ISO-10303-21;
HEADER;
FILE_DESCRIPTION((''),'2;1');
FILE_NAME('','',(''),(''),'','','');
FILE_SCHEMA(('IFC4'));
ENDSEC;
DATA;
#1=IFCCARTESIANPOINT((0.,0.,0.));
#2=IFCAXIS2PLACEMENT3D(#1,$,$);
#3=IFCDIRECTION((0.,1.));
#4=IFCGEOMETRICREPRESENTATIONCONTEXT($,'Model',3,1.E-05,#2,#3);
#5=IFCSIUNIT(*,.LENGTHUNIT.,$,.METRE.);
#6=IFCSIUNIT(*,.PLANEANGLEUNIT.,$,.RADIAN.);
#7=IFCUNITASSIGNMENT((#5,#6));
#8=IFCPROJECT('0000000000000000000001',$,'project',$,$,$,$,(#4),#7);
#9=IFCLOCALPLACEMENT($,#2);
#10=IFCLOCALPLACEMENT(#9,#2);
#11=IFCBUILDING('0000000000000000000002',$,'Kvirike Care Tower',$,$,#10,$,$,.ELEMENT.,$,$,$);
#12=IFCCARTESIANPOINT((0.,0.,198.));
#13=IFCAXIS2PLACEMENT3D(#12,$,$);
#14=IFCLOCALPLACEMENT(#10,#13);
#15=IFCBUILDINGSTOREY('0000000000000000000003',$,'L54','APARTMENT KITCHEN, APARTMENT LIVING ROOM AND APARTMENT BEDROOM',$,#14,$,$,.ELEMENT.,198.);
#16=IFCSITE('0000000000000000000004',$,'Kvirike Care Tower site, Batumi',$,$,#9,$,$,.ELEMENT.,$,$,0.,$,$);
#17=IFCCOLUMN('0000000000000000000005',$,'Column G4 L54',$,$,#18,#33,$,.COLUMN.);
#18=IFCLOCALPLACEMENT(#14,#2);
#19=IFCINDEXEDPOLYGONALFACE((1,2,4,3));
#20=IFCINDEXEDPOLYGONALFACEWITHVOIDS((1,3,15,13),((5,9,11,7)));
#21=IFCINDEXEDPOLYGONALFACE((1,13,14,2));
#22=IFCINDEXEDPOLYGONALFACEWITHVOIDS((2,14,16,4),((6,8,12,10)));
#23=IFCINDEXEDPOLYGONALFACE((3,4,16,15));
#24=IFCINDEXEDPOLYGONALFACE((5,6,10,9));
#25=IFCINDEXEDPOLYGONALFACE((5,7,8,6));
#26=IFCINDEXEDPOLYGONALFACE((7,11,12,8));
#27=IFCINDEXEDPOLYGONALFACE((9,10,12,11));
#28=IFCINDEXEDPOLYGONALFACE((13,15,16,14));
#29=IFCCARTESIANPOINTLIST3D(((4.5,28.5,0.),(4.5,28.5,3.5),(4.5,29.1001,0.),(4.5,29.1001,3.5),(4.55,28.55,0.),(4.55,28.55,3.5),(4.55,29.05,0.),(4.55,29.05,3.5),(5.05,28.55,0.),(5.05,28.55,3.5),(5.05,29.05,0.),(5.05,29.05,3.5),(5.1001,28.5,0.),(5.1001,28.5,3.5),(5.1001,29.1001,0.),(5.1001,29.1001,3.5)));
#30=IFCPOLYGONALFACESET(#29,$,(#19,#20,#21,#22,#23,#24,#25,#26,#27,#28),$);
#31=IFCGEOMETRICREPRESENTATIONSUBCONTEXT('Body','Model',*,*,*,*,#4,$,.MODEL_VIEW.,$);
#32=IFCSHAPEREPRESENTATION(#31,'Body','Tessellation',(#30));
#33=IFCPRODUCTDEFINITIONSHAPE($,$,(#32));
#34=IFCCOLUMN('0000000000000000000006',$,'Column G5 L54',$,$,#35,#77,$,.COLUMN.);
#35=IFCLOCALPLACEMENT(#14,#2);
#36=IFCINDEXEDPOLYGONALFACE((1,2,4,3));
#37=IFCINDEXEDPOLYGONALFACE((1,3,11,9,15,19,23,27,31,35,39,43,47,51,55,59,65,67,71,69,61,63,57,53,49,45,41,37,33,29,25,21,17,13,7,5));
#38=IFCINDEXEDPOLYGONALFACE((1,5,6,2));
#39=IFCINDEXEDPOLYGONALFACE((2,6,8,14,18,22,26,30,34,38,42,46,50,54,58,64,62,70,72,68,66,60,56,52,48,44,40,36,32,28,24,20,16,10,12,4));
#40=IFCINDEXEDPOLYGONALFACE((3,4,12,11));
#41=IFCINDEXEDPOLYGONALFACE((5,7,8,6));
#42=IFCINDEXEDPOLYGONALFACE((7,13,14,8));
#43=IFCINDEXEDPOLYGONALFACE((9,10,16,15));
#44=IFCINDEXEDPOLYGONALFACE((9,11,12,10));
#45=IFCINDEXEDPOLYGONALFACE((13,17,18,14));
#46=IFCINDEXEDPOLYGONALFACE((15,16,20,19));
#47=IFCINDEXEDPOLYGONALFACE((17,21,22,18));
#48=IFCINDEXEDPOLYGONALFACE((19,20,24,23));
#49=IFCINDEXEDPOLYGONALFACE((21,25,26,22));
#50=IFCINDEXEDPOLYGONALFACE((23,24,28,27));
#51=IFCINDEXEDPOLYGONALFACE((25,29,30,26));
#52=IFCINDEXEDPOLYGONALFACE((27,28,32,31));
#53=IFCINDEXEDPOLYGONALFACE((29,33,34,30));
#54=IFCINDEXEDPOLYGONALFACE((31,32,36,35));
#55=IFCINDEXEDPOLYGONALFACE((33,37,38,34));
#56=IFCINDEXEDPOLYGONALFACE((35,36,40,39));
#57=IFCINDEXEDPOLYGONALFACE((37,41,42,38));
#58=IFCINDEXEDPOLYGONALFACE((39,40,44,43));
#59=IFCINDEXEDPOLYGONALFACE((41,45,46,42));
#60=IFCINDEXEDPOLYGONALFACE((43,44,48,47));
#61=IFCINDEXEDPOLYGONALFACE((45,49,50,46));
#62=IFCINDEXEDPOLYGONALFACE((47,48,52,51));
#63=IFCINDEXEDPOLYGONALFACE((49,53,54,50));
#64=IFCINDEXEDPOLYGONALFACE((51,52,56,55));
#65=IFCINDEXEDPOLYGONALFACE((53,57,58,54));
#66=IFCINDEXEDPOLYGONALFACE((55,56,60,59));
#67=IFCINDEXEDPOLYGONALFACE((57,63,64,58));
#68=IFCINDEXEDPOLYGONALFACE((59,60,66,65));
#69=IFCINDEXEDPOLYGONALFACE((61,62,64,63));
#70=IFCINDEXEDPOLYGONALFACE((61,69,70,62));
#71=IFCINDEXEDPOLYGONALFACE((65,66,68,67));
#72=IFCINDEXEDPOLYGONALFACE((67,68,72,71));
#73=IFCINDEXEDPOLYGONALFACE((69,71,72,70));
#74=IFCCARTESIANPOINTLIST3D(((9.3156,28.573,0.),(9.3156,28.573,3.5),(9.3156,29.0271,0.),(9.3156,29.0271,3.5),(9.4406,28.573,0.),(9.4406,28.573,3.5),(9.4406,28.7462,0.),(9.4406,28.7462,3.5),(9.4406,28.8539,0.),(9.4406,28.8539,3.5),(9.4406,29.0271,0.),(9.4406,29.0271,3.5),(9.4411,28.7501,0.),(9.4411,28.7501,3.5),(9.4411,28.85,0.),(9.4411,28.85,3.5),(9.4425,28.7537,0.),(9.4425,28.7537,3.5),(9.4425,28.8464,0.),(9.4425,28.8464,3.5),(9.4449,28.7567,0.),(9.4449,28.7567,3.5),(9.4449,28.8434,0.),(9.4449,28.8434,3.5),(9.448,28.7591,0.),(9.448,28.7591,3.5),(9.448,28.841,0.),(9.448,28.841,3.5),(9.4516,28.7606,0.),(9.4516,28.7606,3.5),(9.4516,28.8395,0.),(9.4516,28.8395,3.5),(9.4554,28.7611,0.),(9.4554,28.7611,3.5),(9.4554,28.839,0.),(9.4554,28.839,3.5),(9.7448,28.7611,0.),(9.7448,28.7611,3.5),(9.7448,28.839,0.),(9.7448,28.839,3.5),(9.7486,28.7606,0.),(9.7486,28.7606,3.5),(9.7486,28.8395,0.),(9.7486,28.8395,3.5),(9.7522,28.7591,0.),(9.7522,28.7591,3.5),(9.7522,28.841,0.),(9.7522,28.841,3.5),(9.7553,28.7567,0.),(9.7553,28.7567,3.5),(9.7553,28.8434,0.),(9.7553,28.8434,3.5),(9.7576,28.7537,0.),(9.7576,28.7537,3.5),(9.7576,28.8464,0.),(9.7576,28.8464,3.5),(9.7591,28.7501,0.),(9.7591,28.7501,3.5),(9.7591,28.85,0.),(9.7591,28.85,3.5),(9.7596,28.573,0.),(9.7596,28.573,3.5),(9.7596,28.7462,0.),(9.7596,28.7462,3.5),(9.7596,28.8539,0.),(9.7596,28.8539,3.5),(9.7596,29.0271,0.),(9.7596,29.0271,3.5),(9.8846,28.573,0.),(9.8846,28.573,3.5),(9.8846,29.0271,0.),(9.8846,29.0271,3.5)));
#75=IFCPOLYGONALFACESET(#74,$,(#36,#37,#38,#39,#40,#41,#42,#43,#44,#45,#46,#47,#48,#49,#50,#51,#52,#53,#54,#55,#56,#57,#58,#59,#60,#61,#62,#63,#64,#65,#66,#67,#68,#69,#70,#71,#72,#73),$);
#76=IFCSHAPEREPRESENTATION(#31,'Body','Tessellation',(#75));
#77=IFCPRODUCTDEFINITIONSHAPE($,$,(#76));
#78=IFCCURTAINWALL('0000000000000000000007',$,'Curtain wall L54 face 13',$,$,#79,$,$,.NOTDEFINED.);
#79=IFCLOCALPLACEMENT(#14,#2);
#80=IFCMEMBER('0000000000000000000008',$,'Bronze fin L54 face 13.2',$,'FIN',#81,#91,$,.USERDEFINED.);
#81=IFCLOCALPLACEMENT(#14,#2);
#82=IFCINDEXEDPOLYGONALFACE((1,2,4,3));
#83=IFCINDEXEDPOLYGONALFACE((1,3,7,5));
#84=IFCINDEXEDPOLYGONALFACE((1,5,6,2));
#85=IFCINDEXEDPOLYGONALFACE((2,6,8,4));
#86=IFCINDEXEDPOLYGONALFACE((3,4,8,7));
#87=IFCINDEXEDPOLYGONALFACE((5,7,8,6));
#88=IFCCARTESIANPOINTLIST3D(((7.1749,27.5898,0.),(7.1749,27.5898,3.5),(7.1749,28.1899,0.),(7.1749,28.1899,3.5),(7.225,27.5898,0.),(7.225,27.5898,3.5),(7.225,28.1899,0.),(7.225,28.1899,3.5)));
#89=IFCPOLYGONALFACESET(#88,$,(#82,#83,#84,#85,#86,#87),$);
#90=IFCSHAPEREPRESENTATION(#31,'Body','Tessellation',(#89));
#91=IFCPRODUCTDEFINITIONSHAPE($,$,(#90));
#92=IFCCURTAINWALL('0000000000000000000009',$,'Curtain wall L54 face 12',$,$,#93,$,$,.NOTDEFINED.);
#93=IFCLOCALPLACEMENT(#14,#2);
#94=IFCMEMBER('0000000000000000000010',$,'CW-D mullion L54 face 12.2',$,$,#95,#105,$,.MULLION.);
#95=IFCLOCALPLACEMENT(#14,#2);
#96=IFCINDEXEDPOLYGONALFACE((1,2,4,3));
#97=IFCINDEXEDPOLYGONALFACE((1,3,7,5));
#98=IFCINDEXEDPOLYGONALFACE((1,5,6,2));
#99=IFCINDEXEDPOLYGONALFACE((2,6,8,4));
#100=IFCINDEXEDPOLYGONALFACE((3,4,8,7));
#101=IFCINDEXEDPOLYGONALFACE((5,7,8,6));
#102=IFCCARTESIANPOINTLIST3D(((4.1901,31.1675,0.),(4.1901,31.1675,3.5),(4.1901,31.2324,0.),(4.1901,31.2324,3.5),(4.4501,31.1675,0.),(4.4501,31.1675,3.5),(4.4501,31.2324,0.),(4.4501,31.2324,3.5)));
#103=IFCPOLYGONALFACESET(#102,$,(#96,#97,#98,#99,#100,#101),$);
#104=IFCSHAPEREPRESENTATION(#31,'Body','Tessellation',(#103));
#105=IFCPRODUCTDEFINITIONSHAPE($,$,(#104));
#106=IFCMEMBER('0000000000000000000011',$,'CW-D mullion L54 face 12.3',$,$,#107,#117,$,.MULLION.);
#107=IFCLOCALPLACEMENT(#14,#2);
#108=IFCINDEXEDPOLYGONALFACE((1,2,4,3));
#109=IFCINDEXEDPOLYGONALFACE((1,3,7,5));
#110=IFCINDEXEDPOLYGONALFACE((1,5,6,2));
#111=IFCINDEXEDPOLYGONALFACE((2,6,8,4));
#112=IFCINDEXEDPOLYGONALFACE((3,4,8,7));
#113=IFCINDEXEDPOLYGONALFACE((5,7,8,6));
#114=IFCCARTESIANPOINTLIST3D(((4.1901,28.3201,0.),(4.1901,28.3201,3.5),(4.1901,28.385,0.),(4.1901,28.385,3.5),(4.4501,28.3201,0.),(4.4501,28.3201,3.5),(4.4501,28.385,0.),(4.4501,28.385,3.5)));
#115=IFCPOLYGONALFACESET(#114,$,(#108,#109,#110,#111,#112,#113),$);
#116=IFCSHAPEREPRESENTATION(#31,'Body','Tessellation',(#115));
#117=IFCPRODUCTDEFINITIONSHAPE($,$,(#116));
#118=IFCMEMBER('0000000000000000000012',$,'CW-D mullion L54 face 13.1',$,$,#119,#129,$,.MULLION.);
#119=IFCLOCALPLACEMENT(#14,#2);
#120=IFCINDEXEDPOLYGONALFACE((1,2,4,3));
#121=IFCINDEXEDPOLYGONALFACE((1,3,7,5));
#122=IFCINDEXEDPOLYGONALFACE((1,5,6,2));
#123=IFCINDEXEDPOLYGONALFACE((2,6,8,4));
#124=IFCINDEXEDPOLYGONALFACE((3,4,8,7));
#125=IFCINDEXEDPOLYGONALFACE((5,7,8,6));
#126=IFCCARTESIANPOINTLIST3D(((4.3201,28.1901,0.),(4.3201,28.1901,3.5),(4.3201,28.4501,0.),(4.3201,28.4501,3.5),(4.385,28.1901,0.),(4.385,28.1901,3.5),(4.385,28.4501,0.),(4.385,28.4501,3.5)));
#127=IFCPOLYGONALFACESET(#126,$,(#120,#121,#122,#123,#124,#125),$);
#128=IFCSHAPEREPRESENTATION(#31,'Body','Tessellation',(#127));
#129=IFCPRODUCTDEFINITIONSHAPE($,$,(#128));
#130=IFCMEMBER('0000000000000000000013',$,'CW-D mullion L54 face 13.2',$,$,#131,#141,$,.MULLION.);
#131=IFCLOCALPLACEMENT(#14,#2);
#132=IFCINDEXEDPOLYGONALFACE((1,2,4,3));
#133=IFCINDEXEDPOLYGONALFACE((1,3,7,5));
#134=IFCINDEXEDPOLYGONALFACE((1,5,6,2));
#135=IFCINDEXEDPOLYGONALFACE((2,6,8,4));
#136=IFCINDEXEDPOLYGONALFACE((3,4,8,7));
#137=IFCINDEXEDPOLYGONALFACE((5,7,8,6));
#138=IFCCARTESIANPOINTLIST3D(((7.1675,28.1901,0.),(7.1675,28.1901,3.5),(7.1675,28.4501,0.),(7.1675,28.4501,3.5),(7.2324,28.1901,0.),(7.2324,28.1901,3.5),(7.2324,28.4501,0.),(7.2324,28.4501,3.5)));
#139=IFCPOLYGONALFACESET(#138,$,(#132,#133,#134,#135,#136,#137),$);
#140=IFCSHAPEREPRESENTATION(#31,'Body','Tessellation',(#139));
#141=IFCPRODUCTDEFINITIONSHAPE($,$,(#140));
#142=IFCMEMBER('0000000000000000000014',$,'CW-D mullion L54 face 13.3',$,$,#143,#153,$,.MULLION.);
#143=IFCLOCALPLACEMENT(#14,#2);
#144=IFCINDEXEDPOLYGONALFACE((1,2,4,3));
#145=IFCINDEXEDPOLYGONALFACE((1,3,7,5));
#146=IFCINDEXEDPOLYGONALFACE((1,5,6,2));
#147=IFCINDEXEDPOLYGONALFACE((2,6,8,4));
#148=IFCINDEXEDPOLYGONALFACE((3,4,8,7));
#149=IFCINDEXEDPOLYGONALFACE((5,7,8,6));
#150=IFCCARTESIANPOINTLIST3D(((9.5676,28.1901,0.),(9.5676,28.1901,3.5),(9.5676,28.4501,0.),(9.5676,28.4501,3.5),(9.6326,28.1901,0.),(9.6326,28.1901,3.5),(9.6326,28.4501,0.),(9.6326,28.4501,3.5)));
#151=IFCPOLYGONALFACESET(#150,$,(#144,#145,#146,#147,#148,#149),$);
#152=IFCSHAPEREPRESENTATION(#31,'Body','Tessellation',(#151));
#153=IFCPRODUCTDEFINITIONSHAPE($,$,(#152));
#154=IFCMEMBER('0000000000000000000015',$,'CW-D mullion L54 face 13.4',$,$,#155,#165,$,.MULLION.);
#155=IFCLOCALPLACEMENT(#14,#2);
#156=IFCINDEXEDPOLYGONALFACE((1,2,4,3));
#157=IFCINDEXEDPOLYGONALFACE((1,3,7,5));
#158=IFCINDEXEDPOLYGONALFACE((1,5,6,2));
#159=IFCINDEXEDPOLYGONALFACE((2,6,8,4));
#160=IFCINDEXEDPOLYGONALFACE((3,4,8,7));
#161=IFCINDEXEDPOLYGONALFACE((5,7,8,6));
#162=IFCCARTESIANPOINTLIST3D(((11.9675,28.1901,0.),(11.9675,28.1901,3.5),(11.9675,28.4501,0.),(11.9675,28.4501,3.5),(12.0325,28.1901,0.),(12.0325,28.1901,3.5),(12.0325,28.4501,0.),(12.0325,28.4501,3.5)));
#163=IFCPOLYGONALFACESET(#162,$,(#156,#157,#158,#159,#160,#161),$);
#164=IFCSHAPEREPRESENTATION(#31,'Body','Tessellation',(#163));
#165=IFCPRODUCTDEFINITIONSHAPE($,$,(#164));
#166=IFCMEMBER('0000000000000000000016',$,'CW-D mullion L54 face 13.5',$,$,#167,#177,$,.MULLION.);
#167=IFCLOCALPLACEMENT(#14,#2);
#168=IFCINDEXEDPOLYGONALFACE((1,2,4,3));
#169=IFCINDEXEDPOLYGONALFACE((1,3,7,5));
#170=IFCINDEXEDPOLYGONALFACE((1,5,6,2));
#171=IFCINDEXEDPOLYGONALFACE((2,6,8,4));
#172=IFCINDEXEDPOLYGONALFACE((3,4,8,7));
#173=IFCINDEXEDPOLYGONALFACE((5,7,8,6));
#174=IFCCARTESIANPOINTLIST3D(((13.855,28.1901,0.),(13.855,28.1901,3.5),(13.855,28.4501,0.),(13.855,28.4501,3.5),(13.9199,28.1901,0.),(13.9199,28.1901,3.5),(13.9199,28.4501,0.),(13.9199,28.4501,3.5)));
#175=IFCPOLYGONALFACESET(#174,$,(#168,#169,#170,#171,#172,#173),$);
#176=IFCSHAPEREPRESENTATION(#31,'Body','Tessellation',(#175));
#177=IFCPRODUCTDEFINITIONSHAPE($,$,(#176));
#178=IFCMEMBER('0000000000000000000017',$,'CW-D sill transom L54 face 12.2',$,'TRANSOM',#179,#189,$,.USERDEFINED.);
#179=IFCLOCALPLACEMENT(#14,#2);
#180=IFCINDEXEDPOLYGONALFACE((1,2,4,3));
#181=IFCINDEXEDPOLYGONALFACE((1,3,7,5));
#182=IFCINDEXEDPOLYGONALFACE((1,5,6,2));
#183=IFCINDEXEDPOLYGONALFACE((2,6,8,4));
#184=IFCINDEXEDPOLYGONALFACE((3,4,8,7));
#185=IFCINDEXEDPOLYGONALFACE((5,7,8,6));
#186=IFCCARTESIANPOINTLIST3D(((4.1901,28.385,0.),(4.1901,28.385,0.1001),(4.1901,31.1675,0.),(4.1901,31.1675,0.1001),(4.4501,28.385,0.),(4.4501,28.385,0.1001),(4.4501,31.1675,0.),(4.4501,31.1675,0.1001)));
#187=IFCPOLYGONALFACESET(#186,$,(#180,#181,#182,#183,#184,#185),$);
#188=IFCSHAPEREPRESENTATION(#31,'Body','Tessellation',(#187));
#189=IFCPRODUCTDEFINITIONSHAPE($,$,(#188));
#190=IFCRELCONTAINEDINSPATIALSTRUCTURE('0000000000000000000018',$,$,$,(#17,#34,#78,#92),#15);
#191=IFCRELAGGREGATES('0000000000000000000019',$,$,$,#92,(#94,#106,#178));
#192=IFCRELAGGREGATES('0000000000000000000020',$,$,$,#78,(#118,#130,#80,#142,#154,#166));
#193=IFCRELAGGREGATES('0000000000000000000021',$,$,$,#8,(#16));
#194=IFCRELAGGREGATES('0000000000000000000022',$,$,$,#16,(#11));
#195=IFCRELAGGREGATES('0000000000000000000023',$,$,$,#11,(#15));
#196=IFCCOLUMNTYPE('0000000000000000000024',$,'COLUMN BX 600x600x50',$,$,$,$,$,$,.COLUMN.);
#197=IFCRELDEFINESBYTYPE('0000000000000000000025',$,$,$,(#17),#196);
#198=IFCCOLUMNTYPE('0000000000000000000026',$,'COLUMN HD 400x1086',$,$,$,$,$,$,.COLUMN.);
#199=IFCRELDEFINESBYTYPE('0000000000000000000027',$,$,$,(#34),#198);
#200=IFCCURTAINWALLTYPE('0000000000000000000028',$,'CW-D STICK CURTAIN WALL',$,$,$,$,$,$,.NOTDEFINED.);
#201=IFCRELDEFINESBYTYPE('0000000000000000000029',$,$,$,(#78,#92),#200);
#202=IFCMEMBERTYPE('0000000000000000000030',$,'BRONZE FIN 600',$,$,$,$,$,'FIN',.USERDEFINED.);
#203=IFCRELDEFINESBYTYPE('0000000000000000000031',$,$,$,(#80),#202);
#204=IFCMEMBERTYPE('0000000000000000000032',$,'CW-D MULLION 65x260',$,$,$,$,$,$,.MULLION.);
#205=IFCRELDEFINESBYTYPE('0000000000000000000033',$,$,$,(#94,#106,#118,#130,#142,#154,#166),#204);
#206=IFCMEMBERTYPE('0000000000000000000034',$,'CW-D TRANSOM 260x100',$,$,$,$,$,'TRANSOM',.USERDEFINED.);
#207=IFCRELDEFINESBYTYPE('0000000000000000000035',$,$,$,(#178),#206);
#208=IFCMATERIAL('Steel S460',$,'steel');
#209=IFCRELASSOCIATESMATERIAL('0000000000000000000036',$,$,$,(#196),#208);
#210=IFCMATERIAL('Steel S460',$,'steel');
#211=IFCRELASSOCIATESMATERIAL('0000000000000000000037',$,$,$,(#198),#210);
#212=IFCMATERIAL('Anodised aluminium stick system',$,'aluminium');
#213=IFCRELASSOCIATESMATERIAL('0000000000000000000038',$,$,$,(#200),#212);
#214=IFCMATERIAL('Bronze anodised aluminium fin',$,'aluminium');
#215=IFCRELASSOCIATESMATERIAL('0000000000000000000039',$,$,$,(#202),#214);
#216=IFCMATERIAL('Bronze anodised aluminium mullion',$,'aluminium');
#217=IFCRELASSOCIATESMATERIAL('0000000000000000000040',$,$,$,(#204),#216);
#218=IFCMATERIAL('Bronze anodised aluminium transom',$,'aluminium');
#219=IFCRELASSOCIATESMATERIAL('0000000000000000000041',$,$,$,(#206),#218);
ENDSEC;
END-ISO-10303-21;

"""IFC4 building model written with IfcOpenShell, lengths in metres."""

from ifc_helpers import new_model, si_unit, direction, frame, origin, origin_2d, place, context, subcontext, project, spatial, rectangle, hollow_rectangle, i_section, extrude, material, material_profile, profile_set, type_object, element, aggregate, save


model = new_model("IFC4")

# Units and contexts
model_context = context("Model", 3, precision=1e-05, world=origin(), true_north=direction((0.0, 1.0)))
body_context = subcontext(model_context, "Body", "Model", "MODEL_VIEW")
ifc_project = project(units=[si_unit("LENGTHUNIT", "METRE"), si_unit("PLANEANGLEUNIT", "RADIAN")], contexts=[model_context])

# Site, building, storey
site_placement = place(None, origin())
site = spatial("IfcSite", under=ifc_project, at=site_placement, Name="Kvirike Care Tower site, Batumi", CompositionType="ELEMENT", RefElevation=0.0)
building_placement = place(site_placement, origin())
building = spatial("IfcBuilding", under=site, at=building_placement, Name="Kvirike Care Tower", CompositionType="ELEMENT")
storey_placement = place(building_placement, frame((0.0, 0.0, 198.0)))
storey = spatial("IfcBuildingStorey", under=building, at=storey_placement, Name="L54", Description="APARTMENT KITCHEN, APARTMENT LIVING ROOM AND APARTMENT BEDROOM", CompositionType="ELEMENT", Elevation=198.0)

# Columns
ifc_material_1 = material(Name="Steel S460", Category="steel")
ifc_material_profile_1 = material_profile(ifc_material_1, hollow_rectangle(XDim=0.6001, YDim=0.6001, WallThickness=0.05, at=origin_2d()), Name="BX 600x600x50")
ifc_profile_set_1 = profile_set([ifc_material_profile_1], Name="Steel S460")
column_type_1 = type_object("IfcColumnType", Name="COLUMN BX 600x600x50", PredefinedType="COLUMN", material=ifc_profile_set_1)
column_1_placement = place(storey_placement, frame((4.8, 28.8, 0.0), z_axis=(0.0, 0.0, 1.0), x_axis=(0.0, 1.0, 0.0)))
element("IfcColumn", 1, at=column_1_placement, inside=storey, type_object=column_type_1, Name="Column G4 L54", PredefinedType="COLUMN", context=body_context, shape_type="SweptSolid", body=[
    extrude(hollow_rectangle(XDim=0.6001, YDim=0.6001, WallThickness=0.05, at=origin_2d()), origin(), (0.0, 0.0, 1.0), 3.5),
])
ifc_material_2 = material(Name="Steel S460", Category="steel")
ifc_material_profile_2 = material_profile(ifc_material_2, i_section(OverallWidth=0.4541, OverallDepth=0.5691, WebThickness=0.0779, FlangeThickness=0.125, FilletRadius=0.0149, at=origin_2d()), Name="HD 400x1086")
ifc_profile_set_2 = profile_set([ifc_material_profile_2], Name="Steel S460")
column_type_2 = type_object("IfcColumnType", Name="COLUMN HD 400x1086", PredefinedType="COLUMN", material=ifc_profile_set_2)
column_2_placement = place(storey_placement, frame((9.6001, 28.8, 0.0), z_axis=(0.0, 0.0, 1.0), x_axis=(0.0, 1.0, 0.0)))
element("IfcColumn", 2, at=column_2_placement, inside=storey, type_object=column_type_2, Name="Column G5 L54", PredefinedType="COLUMN", context=body_context, shape_type="SweptSolid", body=[
    extrude(i_section(OverallWidth=0.4541, OverallDepth=0.5691, WebThickness=0.0779, FlangeThickness=0.125, FilletRadius=0.0149, at=origin_2d()), origin(), (0.0, 0.0, 1.0), 3.5),
])

# Curtain wall, member
ifc_material_3 = material(Name="Anodised aluminium stick system", Category="aluminium")
curtain_wall_type = type_object("IfcCurtainWallType", Name="CW-D STICK CURTAIN WALL", PredefinedType="NOTDEFINED", material=ifc_material_3)
curtain_wall_1_placement = place(storey_placement, origin())
curtain_wall_1 = element("IfcCurtainWall", 3, at=curtain_wall_1_placement, inside=storey, type_object=curtain_wall_type, Name="Curtain wall L54 face 13", PredefinedType="NOTDEFINED")
ifc_material_4 = material(Name="Bronze anodised aluminium fin", Category="aluminium")
ifc_material_profile_3 = material_profile(ifc_material_4, rectangle(XDim=0.05, YDim=0.6001, at=origin_2d()), Name="BRONZE FIN 600")
ifc_profile_set_3 = profile_set([ifc_material_profile_3], Name="Bronze anodised aluminium fin")
member_type_1 = type_object("IfcMemberType", Name="BRONZE FIN 600", ElementType="FIN", PredefinedType="USERDEFINED", material=ifc_profile_set_3)
member_1_placement = place(storey_placement, frame((7.2, 27.8899, 0.0), z_axis=(0.0, 0.0, 1.0), x_axis=(1.0, 0.0, 0.0)))
member_1 = element("IfcMember", 4, at=member_1_placement, type_object=member_type_1, Name="Bronze fin L54 face 13.2", ObjectType="FIN", PredefinedType="USERDEFINED", context=body_context, shape_type="SweptSolid", body=[
    extrude(rectangle(XDim=0.05, YDim=0.6001, at=origin_2d()), origin(), (0.0, 0.0, 1.0), 3.5),
])

# Curtain wall, members
curtain_wall_2_placement = place(storey_placement, origin())
curtain_wall_2 = element("IfcCurtainWall", 5, at=curtain_wall_2_placement, inside=storey, type_object=curtain_wall_type, Name="Curtain wall L54 face 12", PredefinedType="NOTDEFINED")
ifc_material_5 = material(Name="Bronze anodised aluminium mullion", Category="aluminium")
ifc_material_profile_4 = material_profile(ifc_material_5, rectangle(XDim=0.0649, YDim=0.26, at=origin_2d()), Name="CW-D MULLION 65x260")
ifc_profile_set_4 = profile_set([ifc_material_profile_4], Name="Bronze anodised aluminium mullion")
member_type_2 = type_object("IfcMemberType", Name="CW-D MULLION 65x260", PredefinedType="MULLION", material=ifc_profile_set_4)
member_2_placement = place(storey_placement, frame((4.3201, 31.2, 0.0), z_axis=(0.0, 0.0, 1.0), x_axis=(0.0, -1.0, 0.0)))
member_2 = element("IfcMember", 6, at=member_2_placement, type_object=member_type_2, Name="CW-D mullion L54 face 12.2", PredefinedType="MULLION", context=body_context, shape_type="SweptSolid", body=[
    extrude(rectangle(XDim=0.0649, YDim=0.26, at=origin_2d()), origin(), (0.0, 0.0, 1.0), 3.5),
])
member_3_placement = place(storey_placement, frame((4.3201, 28.3525, 0.0), z_axis=(0.0, 0.0, 1.0), x_axis=(0.0, -1.0, 0.0)))
member_3 = element("IfcMember", 7, at=member_3_placement, type_object=member_type_2, Name="CW-D mullion L54 face 12.3", PredefinedType="MULLION", context=body_context, shape_type="SweptSolid", body=[
    extrude(rectangle(XDim=0.0649, YDim=0.26, at=origin_2d()), origin(), (0.0, 0.0, 1.0), 3.5),
])

# Members
member_4_placement = place(storey_placement, frame((4.3525, 28.3201, 0.0), z_axis=(0.0, 0.0, 1.0), x_axis=(1.0, 0.0, 0.0)))
member_4 = element("IfcMember", 8, at=member_4_placement, type_object=member_type_2, Name="CW-D mullion L54 face 13.1", PredefinedType="MULLION", context=body_context, shape_type="SweptSolid", body=[
    extrude(rectangle(XDim=0.0649, YDim=0.26, at=origin_2d()), origin(), (0.0, 0.0, 1.0), 3.5),
])
member_5_placement = place(storey_placement, frame((7.2, 28.3201, 0.0), z_axis=(0.0, 0.0, 1.0), x_axis=(1.0, 0.0, 0.0)))
member_5 = element("IfcMember", 9, at=member_5_placement, type_object=member_type_2, Name="CW-D mullion L54 face 13.2", PredefinedType="MULLION", context=body_context, shape_type="SweptSolid", body=[
    extrude(rectangle(XDim=0.0649, YDim=0.26, at=origin_2d()), origin(), (0.0, 0.0, 1.0), 3.5),
])
member_6_placement = place(storey_placement, frame((9.6001, 28.3201, 0.0), z_axis=(0.0, 0.0, 1.0), x_axis=(1.0, 0.0, 0.0)))
member_6 = element("IfcMember", 10, at=member_6_placement, type_object=member_type_2, Name="CW-D mullion L54 face 13.3", PredefinedType="MULLION", context=body_context, shape_type="SweptSolid", body=[
    extrude(rectangle(XDim=0.0649, YDim=0.26, at=origin_2d()), origin(), (0.0, 0.0, 1.0), 3.5),
])
member_7_placement = place(storey_placement, frame((12.0, 28.3201, 0.0), z_axis=(0.0, 0.0, 1.0), x_axis=(1.0, 0.0, 0.0)))
member_7 = element("IfcMember", 11, at=member_7_placement, type_object=member_type_2, Name="CW-D mullion L54 face 13.4", PredefinedType="MULLION", context=body_context, shape_type="SweptSolid", body=[
    extrude(rectangle(XDim=0.0649, YDim=0.26, at=origin_2d()), origin(), (0.0, 0.0, 1.0), 3.5),
])
member_8_placement = place(storey_placement, frame((13.8875, 28.3201, 0.0), z_axis=(0.0, 0.0, 1.0), x_axis=(1.0, 0.0, 0.0)))
member_8 = element("IfcMember", 12, at=member_8_placement, type_object=member_type_2, Name="CW-D mullion L54 face 13.5", PredefinedType="MULLION", context=body_context, shape_type="SweptSolid", body=[
    extrude(rectangle(XDim=0.0649, YDim=0.26, at=origin_2d()), origin(), (0.0, 0.0, 1.0), 3.5),
])
ifc_material_6 = material(Name="Bronze anodised aluminium transom", Category="aluminium")
ifc_material_profile_5 = material_profile(ifc_material_6, rectangle(XDim=0.26, YDim=0.1001, at=origin_2d()), Name="CW-D TRANSOM 260x100")
ifc_profile_set_5 = profile_set([ifc_material_profile_5], Name="Bronze anodised aluminium transom")
member_type_3 = type_object("IfcMemberType", Name="CW-D TRANSOM 260x100", ElementType="TRANSOM", PredefinedType="USERDEFINED", material=ifc_profile_set_5)
member_9_placement = place(storey_placement, frame((4.3201, 31.1675, 0.05), z_axis=(0.0, -1.0, 0.0), x_axis=(1.0, 0.0, 0.0)))
member_9 = element("IfcMember", 13, at=member_9_placement, type_object=member_type_3, Name="CW-D sill transom L54 face 12.2", ObjectType="TRANSOM", PredefinedType="USERDEFINED", context=body_context, shape_type="SweptSolid", body=[
    extrude(rectangle(XDim=0.26, YDim=0.1001, at=origin_2d()), origin(), (0.0, 0.0, 1.0), 2.7825),
])

aggregate(curtain_wall_2, [member_2, member_3, member_9])
aggregate(curtain_wall_1, [member_4, member_5, member_1, member_6, member_7, member_8])

save(model, "model.ifc")
